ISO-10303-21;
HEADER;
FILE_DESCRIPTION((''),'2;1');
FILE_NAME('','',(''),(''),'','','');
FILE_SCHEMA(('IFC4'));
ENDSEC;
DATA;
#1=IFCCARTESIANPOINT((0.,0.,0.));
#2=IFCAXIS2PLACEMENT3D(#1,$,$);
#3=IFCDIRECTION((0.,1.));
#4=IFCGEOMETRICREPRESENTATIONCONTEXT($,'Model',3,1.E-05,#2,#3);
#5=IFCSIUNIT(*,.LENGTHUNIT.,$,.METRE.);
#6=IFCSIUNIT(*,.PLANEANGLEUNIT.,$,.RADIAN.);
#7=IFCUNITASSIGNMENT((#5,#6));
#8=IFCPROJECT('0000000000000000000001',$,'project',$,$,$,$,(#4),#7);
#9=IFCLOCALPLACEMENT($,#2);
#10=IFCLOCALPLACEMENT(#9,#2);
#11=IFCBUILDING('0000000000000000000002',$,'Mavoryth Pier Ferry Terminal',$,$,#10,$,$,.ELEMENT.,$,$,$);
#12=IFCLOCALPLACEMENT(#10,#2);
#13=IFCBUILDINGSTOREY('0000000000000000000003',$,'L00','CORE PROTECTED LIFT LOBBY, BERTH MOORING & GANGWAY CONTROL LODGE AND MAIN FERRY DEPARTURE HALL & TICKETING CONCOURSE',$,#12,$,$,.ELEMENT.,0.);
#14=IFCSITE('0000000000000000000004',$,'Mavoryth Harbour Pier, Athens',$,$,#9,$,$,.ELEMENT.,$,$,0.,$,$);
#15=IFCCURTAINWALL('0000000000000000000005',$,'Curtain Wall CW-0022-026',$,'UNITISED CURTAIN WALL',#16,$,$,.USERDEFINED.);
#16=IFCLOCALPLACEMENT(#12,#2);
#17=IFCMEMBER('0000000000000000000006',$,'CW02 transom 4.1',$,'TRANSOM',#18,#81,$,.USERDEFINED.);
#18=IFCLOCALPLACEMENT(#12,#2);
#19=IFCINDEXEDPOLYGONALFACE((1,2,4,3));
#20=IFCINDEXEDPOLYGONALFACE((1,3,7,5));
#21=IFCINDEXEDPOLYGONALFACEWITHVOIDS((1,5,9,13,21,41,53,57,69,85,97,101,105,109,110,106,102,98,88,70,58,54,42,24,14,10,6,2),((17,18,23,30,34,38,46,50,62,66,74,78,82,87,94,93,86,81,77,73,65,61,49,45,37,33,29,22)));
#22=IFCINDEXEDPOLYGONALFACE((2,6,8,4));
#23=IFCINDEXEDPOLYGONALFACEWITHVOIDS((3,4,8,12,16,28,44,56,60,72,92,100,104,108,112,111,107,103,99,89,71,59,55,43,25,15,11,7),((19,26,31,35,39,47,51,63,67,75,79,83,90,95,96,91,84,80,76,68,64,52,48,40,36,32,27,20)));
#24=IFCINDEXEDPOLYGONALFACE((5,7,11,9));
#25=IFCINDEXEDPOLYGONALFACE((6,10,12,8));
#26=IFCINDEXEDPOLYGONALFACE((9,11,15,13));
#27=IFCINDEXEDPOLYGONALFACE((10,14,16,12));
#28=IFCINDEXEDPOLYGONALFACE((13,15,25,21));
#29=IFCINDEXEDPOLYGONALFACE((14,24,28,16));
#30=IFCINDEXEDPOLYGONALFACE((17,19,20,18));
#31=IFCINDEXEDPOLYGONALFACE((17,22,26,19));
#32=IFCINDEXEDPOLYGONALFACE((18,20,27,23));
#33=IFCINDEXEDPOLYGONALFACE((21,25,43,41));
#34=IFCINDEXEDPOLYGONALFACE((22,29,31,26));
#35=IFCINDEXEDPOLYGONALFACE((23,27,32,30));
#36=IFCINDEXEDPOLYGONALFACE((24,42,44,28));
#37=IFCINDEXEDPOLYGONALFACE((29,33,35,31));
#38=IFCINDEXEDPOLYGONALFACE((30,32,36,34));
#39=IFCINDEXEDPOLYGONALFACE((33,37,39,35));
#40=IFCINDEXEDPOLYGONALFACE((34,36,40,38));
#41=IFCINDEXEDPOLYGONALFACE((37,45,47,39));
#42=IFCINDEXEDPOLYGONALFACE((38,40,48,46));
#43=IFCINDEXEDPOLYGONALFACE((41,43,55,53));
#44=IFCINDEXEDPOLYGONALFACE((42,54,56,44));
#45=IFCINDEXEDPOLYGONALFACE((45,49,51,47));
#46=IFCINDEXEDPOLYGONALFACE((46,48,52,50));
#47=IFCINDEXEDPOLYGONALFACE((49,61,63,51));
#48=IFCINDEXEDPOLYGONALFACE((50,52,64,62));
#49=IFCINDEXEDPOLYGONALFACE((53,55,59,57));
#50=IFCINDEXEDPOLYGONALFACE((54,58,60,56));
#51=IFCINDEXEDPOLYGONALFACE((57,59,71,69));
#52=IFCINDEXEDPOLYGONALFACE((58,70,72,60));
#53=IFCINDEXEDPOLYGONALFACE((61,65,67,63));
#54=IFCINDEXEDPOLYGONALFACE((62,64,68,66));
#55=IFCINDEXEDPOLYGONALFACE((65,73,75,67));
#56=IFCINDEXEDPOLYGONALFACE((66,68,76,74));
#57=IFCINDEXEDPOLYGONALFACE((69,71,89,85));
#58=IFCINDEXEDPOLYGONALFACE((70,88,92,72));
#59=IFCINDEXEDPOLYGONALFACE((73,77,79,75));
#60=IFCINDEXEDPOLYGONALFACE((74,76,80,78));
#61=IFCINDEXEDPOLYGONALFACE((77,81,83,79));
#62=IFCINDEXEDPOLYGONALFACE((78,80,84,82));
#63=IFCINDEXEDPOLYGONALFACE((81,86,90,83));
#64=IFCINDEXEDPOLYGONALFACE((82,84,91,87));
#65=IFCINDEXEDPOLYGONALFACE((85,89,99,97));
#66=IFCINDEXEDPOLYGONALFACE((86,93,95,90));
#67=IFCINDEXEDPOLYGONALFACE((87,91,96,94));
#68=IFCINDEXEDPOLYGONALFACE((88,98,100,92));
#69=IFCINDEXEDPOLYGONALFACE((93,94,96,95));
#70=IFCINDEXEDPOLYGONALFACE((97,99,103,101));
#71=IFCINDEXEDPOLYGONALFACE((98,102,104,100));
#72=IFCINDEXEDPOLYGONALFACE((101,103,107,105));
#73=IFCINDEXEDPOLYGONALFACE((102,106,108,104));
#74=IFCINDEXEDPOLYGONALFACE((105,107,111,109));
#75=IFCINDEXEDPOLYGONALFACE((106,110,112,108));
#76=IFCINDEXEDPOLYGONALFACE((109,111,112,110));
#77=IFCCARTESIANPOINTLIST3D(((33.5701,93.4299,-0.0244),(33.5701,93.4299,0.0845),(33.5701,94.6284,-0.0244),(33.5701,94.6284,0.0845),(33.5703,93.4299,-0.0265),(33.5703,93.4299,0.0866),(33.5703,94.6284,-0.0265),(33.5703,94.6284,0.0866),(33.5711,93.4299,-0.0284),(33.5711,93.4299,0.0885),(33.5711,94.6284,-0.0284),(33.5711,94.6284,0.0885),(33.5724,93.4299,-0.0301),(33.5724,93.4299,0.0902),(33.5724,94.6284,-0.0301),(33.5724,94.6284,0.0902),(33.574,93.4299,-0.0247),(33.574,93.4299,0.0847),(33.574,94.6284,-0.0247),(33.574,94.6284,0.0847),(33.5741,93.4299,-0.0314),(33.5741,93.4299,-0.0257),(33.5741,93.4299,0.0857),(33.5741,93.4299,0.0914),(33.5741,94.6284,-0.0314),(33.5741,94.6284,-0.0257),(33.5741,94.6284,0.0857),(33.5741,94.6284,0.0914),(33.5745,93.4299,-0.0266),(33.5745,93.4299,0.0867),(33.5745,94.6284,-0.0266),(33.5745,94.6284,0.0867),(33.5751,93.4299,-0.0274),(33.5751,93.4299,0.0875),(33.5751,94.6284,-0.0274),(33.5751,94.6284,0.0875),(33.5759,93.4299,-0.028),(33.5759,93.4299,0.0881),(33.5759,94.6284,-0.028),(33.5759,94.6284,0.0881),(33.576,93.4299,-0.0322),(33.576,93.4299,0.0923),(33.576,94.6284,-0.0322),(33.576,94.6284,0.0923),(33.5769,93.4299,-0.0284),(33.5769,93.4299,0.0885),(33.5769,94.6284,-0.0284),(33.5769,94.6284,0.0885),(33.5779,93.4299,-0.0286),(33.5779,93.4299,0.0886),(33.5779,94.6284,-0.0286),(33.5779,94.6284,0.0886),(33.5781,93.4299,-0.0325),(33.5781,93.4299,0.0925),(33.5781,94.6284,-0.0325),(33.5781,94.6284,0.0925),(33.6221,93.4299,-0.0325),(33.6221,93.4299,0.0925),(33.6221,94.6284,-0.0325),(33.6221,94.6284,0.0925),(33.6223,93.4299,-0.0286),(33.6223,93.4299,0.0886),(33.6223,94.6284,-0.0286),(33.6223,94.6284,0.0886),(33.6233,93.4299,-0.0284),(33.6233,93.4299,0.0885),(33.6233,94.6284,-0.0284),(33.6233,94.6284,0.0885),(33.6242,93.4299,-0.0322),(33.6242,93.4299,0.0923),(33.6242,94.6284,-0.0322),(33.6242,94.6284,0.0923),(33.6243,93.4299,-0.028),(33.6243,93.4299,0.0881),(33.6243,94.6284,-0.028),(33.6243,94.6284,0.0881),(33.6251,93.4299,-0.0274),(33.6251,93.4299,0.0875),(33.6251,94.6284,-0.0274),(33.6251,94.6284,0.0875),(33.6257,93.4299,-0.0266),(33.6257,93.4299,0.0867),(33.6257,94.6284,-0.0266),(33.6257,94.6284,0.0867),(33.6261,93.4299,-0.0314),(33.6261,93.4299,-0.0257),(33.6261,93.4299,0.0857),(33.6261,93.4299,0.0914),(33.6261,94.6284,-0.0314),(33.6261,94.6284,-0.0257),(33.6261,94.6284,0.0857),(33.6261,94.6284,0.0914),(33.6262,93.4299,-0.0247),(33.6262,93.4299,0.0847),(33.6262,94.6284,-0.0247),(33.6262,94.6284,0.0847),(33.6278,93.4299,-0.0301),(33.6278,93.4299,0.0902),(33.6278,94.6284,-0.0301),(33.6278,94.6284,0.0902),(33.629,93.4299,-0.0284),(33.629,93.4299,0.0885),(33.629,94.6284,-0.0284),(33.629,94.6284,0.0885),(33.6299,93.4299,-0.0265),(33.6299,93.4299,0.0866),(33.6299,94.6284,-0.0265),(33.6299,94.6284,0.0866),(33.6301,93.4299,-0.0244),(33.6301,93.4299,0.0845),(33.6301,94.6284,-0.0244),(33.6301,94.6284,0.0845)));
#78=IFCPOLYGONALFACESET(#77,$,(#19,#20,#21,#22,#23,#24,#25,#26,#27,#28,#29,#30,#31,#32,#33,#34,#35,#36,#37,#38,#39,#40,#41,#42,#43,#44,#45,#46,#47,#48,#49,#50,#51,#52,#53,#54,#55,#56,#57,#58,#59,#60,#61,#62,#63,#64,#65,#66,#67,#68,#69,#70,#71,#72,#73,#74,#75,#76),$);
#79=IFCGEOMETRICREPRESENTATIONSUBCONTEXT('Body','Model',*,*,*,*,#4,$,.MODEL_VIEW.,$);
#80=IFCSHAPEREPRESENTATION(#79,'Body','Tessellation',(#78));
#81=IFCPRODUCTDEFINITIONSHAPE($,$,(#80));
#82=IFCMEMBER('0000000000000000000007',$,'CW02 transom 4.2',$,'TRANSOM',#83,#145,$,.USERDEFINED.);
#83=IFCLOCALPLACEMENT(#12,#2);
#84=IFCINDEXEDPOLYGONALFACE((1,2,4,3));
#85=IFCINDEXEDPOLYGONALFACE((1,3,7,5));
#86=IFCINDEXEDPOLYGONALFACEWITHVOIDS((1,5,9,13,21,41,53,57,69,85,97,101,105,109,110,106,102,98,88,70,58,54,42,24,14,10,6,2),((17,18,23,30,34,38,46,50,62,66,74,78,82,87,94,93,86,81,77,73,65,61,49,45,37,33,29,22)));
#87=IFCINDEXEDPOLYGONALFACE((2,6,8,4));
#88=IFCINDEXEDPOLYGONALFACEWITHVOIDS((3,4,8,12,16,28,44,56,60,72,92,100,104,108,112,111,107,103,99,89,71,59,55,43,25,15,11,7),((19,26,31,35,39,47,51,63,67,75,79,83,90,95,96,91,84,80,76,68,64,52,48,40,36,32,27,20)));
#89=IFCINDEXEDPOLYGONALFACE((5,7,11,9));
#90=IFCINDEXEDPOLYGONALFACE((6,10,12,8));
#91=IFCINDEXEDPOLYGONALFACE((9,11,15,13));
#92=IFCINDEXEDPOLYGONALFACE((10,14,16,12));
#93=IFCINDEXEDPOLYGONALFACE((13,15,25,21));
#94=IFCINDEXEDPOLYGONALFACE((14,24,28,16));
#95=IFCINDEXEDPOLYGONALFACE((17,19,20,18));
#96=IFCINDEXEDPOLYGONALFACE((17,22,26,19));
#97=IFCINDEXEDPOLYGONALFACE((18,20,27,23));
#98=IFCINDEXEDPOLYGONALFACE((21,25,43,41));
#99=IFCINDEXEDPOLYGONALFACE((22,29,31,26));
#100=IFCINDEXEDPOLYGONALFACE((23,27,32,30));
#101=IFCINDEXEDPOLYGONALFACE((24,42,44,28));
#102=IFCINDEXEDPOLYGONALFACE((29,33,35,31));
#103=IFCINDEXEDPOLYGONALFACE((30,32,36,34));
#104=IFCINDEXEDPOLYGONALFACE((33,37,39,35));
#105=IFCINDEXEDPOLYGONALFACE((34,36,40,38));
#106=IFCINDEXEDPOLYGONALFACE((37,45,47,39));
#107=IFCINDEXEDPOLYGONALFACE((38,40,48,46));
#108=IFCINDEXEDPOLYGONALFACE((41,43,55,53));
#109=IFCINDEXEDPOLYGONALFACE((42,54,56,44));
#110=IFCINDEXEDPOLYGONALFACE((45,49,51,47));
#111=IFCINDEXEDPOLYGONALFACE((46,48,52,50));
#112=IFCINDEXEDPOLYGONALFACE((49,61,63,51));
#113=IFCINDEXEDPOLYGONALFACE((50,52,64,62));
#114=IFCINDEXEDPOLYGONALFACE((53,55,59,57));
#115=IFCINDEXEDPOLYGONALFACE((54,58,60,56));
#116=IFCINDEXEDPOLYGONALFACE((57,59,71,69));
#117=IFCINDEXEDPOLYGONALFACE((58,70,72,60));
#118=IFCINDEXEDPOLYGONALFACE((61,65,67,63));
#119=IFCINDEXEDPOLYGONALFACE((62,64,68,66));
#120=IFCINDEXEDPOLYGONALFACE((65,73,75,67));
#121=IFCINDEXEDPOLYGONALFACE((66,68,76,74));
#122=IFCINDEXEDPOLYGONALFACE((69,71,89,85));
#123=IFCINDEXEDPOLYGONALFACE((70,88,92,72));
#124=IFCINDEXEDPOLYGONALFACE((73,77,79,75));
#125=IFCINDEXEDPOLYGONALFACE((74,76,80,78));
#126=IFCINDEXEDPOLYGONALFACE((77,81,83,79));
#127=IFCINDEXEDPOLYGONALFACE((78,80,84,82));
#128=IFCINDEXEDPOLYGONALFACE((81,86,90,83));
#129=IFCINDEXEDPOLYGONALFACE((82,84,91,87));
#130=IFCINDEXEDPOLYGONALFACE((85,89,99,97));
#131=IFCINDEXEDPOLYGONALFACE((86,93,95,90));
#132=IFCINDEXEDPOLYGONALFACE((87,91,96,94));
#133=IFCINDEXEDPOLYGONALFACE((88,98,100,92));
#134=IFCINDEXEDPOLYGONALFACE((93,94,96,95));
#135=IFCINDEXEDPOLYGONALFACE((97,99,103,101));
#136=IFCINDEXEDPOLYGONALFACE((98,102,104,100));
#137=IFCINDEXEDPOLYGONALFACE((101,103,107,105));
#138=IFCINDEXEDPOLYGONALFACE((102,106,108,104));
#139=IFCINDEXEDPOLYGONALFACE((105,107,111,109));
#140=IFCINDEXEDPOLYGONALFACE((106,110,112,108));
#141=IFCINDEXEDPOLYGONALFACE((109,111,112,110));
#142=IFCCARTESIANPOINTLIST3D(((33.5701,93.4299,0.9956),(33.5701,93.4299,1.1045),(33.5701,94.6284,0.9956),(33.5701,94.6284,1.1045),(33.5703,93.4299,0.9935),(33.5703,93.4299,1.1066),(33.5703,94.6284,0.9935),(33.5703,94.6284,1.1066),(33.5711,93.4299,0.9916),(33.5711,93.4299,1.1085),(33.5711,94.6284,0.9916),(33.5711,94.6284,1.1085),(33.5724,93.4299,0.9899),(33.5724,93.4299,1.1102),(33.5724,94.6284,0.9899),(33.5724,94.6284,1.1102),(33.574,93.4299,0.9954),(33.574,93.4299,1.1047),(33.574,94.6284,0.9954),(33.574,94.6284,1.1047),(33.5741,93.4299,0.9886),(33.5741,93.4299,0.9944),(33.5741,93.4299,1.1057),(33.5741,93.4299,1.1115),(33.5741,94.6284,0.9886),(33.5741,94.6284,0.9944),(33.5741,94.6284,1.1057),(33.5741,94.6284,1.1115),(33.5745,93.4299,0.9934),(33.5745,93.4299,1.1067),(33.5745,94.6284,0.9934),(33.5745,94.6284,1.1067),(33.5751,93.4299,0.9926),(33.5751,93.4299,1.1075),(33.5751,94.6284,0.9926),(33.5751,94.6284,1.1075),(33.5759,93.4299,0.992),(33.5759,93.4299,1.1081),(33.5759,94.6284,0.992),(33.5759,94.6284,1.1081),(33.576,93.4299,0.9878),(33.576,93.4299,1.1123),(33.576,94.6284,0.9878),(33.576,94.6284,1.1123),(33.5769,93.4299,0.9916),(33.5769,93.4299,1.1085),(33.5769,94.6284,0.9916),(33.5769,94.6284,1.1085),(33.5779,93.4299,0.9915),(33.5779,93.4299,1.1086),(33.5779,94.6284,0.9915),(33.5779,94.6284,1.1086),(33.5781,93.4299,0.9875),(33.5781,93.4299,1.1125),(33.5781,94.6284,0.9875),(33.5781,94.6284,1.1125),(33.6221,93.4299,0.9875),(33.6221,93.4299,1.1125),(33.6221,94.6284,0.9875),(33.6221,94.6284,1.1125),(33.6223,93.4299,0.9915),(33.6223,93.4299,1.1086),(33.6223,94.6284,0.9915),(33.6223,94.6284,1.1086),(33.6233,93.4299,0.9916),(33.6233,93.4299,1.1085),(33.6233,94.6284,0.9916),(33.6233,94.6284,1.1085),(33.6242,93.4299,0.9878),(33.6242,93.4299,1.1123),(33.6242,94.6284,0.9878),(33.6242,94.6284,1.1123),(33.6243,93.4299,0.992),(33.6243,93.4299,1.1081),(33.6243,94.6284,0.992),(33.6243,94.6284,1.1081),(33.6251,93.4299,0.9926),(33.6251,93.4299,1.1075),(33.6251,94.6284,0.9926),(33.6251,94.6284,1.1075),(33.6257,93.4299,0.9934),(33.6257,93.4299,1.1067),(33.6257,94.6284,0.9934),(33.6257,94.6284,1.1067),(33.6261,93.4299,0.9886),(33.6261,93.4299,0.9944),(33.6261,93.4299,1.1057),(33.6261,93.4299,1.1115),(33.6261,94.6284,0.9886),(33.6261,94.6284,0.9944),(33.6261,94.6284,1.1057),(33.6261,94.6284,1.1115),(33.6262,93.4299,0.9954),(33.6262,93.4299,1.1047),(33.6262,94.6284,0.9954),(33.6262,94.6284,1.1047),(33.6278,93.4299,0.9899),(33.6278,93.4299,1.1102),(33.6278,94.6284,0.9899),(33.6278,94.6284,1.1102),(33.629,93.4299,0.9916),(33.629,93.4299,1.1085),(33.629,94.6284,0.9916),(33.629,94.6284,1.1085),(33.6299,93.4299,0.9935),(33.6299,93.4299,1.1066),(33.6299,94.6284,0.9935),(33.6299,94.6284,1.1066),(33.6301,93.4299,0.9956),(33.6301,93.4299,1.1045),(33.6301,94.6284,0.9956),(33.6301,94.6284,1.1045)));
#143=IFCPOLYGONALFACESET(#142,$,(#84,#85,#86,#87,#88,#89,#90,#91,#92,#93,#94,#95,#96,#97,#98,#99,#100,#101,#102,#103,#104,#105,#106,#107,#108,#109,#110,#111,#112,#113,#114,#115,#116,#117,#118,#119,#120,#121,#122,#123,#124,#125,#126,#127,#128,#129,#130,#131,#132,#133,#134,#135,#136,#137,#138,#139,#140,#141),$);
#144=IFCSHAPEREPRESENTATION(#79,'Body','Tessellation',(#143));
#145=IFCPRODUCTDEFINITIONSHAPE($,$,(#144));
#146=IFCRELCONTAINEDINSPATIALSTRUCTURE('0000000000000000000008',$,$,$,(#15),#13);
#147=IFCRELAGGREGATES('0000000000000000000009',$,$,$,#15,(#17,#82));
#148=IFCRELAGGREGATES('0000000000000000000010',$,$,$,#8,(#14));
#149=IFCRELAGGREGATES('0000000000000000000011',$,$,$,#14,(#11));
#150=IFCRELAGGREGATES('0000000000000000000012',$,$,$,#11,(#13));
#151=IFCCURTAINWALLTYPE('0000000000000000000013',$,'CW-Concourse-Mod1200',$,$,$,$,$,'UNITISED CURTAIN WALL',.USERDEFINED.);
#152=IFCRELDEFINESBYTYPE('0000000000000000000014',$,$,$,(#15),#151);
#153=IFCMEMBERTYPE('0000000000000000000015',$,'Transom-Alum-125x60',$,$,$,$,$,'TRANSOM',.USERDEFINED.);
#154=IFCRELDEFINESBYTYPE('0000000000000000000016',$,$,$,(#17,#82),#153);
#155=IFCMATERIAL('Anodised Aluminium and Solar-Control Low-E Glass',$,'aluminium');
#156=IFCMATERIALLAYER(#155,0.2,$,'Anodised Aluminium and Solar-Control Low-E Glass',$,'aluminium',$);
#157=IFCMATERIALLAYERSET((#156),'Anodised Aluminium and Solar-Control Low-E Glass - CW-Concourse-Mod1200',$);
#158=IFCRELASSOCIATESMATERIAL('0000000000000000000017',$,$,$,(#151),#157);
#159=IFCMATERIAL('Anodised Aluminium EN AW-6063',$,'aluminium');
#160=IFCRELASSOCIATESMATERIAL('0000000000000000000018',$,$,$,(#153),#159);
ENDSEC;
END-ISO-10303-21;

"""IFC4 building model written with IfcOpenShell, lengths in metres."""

from ifc_helpers import new_model, si_unit, direction, frame, origin, origin_2d, place, context, subcontext, project, spatial, hollow_rectangle, extrude, material, layer, layer_set, material_profile, profile_set, type_object, element, aggregate, save


model = new_model("IFC4")

# Units and contexts
model_context = context("Model", 3, precision=1e-05, world=origin(), true_north=direction((0.0, 1.0)))
body_context = subcontext(model_context, "Body", "Model", "MODEL_VIEW")
ifc_project = project(units=[si_unit("LENGTHUNIT", "METRE"), si_unit("PLANEANGLEUNIT", "RADIAN")], contexts=[model_context])

# Site, building, storey
site_placement = place(None, origin())
site = spatial("IfcSite", under=ifc_project, at=site_placement, Name="Mavoryth Harbour Pier, Athens", CompositionType="ELEMENT", RefElevation=0.0)
building_placement = place(site_placement, origin())
building = spatial("IfcBuilding", under=site, at=building_placement, Name="Mavoryth Pier Ferry Terminal", CompositionType="ELEMENT")
storey_placement = place(building_placement, origin())
storey = spatial("IfcBuildingStorey", under=building, at=storey_placement, Name="L00", Description="CORE PROTECTED LIFT LOBBY, BERTH MOORING & GANGWAY CONTROL LODGE AND MAIN FERRY DEPARTURE HALL & TICKETING CONCOURSE", CompositionType="ELEMENT", Elevation=0.0)

# Curtain wall, members
ifc_material_1 = material(Name="Anodised Aluminium and Solar-Control Low-E Glass", Category="aluminium")
ifc_layer_1 = layer(ifc_material_1, 0.2, Name="Anodised Aluminium and Solar-Control Low-E Glass", Category="aluminium")
ifc_layer_set_1 = layer_set([ifc_layer_1], Name="Anodised Aluminium and Solar-Control Low-E Glass - CW-Concourse-Mod1200")
curtain_wall_type = type_object("IfcCurtainWallType", Name="CW-Concourse-Mod1200", ElementType="UNITISED CURTAIN WALL", PredefinedType="USERDEFINED", material=ifc_layer_set_1)
curtain_wall_placement = place(storey_placement, origin())
curtain_wall = element("IfcCurtainWall", 1, at=curtain_wall_placement, inside=storey, type_object=curtain_wall_type, Name="Curtain Wall CW-0022-026", ObjectType="UNITISED CURTAIN WALL", PredefinedType="USERDEFINED")
ifc_material_2 = material(Name="Anodised Aluminium EN AW-6063", Category="aluminium")
ifc_material_profile_1 = material_profile(ifc_material_2, hollow_rectangle(XDim=0.0601, YDim=0.125, WallThickness=0.0039, InnerFilletRadius=0.0039, OuterFilletRadius=0.0081, at=origin_2d()), Name="AL-TRAN 125x60x4", Category="aluminium")
ifc_profile_set_1 = profile_set([ifc_material_profile_1], Name="Anodised Aluminium EN AW-6063 - AL-TRAN 125x60x4")
member_type_1 = type_object("IfcMemberType", Name="Transom-Alum-125x60", ElementType="TRANSOM", PredefinedType="USERDEFINED", material=ifc_profile_set_1)
member_1_placement = place(storey_placement, frame((33.6001, 93.4299, 0.03), z_axis=(0.0, 1.0, 0.0), x_axis=(-1.0, 0.0, 0.0)))
member_1 = element("IfcMember", 2, at=member_1_placement, type_object=member_type_1, Name="CW02 transom 4.1", ObjectType="TRANSOM", PredefinedType="USERDEFINED", context=body_context, shape_type="SweptSolid", body=[
    extrude(hollow_rectangle(XDim=0.0601, YDim=0.125, WallThickness=0.0039, InnerFilletRadius=0.0039, OuterFilletRadius=0.0081, at=origin_2d()), origin(), (0.0, 0.0, 1.0), 1.1985),
])
member_2_placement = place(storey_placement, frame((33.6001, 93.4299, 1.05), z_axis=(0.0, 1.0, 0.0), x_axis=(-1.0, 0.0, 0.0)))
member_2 = element("IfcMember", 3, at=member_2_placement, type_object=member_type_1, Name="CW02 transom 4.2", ObjectType="TRANSOM", PredefinedType="USERDEFINED", context=body_context, shape_type="SweptSolid", body=[
    extrude(hollow_rectangle(XDim=0.0601, YDim=0.125, WallThickness=0.0039, InnerFilletRadius=0.0039, OuterFilletRadius=0.0081, at=origin_2d()), origin(), (0.0, 0.0, 1.0), 1.1985),
])
aggregate(curtain_wall, [member_1, member_2])

save(model, "model.ifc")
